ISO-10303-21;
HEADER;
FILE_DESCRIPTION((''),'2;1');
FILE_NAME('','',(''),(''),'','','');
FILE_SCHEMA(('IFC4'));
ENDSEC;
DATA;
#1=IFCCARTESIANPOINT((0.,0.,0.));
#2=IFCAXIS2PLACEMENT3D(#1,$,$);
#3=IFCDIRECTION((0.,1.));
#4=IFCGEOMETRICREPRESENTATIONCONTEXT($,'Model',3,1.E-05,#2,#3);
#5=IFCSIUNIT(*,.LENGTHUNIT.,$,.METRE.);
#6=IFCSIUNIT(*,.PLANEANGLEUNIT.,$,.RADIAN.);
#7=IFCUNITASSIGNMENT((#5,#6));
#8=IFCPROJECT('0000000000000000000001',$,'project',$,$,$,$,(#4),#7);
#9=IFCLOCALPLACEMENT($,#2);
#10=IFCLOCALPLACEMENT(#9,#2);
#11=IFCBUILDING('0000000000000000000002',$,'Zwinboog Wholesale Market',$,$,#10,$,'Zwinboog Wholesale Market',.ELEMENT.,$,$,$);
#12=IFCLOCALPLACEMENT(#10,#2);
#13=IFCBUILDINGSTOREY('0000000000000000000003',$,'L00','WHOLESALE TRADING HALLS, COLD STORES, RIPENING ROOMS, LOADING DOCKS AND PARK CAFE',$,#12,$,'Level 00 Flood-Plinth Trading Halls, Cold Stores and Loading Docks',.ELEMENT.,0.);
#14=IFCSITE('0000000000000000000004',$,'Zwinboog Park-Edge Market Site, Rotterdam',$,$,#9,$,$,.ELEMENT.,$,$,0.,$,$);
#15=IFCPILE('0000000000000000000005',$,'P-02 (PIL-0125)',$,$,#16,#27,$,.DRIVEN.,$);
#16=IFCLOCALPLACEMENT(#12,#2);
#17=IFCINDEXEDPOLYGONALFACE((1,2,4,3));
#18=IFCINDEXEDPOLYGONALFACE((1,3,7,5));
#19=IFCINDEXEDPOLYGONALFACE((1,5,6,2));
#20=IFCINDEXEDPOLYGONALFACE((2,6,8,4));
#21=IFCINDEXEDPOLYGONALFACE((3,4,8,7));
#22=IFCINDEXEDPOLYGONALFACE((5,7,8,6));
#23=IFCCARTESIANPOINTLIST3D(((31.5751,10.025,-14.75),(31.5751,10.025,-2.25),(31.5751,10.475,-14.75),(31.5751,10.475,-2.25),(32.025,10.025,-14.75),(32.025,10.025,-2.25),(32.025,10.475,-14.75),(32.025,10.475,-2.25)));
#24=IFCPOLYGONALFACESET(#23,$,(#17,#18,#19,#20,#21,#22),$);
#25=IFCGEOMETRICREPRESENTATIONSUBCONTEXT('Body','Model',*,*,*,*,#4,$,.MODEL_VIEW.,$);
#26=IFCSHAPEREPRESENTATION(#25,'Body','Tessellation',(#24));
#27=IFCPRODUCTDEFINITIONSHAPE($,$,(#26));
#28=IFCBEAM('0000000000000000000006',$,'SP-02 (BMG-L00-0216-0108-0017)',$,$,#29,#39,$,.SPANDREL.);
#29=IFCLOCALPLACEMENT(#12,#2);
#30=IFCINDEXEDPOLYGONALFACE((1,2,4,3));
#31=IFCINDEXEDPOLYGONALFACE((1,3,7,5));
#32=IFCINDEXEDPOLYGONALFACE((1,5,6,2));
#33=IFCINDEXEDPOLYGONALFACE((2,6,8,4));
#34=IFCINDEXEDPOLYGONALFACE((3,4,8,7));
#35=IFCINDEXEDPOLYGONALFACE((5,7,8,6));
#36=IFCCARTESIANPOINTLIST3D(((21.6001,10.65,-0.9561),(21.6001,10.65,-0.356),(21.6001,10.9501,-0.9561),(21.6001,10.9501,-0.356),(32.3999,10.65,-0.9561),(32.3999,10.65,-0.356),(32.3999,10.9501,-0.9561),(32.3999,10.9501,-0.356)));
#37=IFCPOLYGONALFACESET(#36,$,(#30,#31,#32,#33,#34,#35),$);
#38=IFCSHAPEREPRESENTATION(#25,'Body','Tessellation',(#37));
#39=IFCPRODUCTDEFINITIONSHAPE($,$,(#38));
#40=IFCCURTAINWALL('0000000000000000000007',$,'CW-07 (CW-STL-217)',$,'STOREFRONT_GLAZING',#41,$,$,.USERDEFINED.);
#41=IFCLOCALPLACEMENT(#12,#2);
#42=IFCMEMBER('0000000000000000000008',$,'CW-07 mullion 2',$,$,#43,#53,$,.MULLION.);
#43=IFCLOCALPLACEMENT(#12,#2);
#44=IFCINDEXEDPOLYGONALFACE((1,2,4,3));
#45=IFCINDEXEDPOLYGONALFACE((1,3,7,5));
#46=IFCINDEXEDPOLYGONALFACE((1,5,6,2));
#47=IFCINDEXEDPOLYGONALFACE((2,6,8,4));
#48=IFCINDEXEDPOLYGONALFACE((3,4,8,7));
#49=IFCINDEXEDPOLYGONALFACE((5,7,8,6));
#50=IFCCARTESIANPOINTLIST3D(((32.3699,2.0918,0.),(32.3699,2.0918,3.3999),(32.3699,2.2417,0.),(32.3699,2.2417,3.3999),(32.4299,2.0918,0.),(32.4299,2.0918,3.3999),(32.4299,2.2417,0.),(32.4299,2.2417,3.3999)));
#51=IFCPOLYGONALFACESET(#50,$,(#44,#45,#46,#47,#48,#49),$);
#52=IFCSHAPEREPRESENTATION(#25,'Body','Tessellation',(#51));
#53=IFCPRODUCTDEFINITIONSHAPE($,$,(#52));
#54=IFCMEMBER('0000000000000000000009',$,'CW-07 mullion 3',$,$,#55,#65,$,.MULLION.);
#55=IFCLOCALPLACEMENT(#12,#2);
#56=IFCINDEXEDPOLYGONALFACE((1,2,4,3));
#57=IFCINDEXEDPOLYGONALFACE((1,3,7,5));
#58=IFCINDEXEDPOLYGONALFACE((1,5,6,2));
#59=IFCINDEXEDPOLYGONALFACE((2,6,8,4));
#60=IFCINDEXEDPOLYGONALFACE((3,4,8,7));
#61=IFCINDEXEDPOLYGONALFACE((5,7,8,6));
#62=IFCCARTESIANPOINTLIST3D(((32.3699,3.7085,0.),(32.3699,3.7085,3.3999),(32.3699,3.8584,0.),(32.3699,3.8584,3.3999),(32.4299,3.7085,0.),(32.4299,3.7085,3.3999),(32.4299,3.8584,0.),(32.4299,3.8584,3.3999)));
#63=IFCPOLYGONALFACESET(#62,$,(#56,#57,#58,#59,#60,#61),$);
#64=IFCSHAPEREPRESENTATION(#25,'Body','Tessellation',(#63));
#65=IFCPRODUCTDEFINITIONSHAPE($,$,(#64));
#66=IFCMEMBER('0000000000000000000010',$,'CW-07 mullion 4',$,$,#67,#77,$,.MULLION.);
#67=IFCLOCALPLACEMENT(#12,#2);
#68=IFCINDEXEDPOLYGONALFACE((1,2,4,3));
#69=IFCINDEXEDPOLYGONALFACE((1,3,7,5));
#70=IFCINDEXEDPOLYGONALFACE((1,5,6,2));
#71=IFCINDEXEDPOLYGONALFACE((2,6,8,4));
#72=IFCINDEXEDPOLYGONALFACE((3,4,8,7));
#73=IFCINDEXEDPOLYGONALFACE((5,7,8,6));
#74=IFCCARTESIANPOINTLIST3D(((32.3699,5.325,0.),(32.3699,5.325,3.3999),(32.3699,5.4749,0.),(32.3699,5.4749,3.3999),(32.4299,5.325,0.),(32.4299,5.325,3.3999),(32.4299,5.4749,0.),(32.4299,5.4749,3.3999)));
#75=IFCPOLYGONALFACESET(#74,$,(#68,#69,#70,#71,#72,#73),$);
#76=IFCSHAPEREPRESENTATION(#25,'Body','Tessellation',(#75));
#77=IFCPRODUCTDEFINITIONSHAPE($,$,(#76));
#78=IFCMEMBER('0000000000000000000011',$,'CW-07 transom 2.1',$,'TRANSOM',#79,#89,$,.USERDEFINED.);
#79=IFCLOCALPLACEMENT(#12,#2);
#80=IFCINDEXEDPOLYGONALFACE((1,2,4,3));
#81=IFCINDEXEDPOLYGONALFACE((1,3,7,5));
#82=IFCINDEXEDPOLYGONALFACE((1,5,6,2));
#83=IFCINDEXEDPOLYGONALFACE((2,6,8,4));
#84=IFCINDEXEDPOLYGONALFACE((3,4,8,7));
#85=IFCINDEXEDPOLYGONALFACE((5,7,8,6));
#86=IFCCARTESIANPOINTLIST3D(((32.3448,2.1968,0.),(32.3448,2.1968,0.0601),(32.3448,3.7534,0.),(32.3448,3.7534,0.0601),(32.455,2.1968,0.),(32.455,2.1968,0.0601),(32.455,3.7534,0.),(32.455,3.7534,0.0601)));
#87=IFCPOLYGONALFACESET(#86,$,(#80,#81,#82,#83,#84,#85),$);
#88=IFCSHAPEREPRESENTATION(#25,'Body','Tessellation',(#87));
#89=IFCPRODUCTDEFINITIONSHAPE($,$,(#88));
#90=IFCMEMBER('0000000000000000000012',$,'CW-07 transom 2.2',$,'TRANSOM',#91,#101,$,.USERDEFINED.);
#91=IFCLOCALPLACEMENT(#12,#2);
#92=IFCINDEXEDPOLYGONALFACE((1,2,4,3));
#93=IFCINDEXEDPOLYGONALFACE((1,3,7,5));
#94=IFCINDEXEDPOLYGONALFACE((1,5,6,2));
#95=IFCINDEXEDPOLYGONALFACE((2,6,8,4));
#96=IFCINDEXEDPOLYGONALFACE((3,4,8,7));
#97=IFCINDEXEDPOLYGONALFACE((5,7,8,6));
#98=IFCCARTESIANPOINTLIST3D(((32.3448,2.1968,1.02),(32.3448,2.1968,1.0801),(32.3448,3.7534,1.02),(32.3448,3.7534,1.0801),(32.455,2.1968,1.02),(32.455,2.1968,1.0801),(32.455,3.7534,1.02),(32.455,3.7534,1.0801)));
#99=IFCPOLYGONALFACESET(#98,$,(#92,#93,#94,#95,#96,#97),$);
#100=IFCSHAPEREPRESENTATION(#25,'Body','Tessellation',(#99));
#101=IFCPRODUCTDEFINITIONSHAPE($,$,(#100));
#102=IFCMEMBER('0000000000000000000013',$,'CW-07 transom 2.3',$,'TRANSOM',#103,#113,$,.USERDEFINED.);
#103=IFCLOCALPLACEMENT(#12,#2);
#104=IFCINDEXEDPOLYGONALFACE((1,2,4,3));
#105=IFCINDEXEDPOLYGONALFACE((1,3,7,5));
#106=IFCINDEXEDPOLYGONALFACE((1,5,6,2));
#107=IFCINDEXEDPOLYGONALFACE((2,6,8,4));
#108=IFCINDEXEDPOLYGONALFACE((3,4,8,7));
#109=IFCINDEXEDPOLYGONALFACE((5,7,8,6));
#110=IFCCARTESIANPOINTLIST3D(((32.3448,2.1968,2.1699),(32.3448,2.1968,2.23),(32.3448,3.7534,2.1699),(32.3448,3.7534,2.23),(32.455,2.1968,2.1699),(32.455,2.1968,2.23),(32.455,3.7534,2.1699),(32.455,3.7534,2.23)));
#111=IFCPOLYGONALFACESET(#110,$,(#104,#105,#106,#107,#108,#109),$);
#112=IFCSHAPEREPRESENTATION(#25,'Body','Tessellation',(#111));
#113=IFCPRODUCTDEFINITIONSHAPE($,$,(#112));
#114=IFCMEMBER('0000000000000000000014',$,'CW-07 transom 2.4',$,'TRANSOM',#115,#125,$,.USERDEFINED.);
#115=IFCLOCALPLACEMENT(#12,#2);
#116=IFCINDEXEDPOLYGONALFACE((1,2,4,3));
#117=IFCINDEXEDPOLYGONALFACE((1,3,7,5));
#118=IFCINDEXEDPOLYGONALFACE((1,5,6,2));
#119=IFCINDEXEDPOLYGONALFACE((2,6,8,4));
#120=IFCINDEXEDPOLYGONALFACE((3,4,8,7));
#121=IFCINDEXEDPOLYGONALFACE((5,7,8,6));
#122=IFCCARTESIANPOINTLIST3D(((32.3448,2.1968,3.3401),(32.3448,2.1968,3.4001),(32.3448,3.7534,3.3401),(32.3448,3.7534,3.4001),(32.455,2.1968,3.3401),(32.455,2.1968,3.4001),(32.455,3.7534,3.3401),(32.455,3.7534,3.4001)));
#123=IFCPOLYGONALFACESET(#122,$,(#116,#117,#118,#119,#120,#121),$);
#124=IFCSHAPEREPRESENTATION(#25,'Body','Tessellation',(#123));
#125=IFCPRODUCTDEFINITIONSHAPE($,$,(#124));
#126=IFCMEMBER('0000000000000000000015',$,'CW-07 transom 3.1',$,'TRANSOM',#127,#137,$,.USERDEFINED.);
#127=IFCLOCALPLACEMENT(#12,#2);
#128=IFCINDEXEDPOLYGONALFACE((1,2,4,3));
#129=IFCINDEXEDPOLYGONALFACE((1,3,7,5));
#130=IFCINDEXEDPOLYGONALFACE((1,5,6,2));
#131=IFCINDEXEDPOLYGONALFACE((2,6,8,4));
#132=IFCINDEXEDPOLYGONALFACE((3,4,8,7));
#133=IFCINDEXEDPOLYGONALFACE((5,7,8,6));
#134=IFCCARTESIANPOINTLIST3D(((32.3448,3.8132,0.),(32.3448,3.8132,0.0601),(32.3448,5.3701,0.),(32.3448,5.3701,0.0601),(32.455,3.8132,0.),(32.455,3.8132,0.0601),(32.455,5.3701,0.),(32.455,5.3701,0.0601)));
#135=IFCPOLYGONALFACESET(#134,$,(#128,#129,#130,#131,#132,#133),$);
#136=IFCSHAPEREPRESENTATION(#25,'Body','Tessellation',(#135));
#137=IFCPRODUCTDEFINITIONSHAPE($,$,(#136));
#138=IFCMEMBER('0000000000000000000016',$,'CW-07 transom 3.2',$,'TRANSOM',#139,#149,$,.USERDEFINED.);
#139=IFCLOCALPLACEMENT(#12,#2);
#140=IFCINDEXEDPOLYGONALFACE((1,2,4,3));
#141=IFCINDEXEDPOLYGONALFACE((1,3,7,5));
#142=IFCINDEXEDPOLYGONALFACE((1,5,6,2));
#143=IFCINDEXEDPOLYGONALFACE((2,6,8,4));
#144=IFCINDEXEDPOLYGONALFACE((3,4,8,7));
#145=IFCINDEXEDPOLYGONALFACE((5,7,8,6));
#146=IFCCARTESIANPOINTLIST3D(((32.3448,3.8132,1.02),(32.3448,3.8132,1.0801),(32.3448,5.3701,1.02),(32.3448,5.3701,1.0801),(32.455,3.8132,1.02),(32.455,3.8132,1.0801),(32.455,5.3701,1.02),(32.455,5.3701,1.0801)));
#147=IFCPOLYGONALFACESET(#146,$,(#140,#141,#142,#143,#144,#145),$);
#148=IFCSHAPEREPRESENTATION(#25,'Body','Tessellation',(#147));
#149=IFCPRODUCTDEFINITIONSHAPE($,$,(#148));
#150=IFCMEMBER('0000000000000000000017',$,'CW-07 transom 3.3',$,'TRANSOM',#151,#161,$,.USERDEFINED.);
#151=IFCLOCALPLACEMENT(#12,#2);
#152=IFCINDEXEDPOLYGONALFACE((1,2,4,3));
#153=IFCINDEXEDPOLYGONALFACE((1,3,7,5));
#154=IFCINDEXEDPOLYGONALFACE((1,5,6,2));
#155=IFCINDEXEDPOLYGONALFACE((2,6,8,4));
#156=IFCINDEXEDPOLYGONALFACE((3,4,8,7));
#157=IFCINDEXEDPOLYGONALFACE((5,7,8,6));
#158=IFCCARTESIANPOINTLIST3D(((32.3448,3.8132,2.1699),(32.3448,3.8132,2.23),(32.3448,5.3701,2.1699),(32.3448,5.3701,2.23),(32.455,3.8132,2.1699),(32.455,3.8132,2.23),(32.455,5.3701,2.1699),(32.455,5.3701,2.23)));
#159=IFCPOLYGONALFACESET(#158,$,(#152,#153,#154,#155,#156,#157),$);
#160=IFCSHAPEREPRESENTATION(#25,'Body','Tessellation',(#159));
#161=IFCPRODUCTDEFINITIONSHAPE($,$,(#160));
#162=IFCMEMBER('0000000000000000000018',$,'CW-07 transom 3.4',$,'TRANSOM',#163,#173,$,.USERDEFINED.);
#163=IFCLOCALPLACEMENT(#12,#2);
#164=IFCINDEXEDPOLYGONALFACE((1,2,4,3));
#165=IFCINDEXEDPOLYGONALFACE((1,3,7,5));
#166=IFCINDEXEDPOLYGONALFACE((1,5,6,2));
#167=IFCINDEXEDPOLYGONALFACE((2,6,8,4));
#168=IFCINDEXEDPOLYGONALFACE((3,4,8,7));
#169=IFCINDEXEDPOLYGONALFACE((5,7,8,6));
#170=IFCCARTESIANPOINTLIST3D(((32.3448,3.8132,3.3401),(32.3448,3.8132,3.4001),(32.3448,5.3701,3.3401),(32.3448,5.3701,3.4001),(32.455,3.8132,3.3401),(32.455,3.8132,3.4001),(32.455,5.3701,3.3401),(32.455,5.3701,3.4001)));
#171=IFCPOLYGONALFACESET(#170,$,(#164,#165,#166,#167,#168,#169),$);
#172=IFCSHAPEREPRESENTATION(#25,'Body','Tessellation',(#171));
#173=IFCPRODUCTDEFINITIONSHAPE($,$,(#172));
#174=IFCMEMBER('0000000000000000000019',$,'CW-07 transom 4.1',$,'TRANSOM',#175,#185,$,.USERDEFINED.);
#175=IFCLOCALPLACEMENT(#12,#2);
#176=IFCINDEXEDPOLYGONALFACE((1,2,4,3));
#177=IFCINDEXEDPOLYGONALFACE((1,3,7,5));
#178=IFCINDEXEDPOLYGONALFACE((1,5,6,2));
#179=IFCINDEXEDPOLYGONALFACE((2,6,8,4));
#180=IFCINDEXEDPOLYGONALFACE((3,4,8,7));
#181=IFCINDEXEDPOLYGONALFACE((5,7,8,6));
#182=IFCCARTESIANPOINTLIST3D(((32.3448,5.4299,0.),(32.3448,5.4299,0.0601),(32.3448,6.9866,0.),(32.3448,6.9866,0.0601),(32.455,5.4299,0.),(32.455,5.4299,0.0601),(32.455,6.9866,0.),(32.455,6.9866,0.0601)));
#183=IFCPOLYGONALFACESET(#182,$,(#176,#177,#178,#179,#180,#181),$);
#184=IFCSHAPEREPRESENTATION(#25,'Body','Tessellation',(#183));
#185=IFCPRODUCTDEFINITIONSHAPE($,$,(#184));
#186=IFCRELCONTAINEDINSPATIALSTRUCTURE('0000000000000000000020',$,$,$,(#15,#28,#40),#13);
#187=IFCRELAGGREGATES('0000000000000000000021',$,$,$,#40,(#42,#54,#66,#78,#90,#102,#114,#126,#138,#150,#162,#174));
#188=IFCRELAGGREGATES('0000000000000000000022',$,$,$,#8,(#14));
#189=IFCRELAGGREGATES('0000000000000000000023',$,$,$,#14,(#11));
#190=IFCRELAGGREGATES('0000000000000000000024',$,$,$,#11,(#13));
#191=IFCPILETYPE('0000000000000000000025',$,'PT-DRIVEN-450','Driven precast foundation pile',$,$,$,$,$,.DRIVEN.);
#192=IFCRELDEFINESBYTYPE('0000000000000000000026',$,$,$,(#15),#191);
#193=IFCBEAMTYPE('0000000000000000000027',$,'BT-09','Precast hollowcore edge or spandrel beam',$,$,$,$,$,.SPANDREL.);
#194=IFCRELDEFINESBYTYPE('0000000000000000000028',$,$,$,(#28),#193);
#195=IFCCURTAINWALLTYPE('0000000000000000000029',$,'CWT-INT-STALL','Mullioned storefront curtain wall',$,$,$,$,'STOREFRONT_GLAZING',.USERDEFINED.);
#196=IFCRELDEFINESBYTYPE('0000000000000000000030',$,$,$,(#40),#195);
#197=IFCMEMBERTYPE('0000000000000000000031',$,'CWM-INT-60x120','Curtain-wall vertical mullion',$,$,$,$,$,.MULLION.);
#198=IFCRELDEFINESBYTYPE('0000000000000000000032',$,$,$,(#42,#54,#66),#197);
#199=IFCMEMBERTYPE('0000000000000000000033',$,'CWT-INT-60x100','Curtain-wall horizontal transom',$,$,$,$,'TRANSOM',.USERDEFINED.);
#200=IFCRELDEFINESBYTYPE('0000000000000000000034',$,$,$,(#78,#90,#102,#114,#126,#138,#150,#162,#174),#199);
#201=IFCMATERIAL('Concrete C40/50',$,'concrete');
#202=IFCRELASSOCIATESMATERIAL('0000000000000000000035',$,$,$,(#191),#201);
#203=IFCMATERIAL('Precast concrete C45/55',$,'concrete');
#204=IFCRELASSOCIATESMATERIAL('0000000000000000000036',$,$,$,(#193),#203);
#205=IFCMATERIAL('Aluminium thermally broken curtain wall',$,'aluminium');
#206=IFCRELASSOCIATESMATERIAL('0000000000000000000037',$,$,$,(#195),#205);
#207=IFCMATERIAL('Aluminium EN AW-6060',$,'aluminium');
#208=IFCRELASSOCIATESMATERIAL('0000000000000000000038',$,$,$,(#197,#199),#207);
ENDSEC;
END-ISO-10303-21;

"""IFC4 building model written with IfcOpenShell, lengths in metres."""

from ifc_helpers import new_model, si_unit, direction, frame, origin, origin_2d, place, context, subcontext, project, spatial, rectangle, extrude, material, material_profile, profile_set, type_object, element, aggregate, save


model = new_model("IFC4")

# Units and contexts
model_context = context("Model", 3, precision=1e-05, world=origin(), true_north=direction((0.0, 1.0)))
body_context = subcontext(model_context, "Body", "Model", "MODEL_VIEW")
ifc_project = project(units=[si_unit("LENGTHUNIT", "METRE"), si_unit("PLANEANGLEUNIT", "RADIAN")], contexts=[model_context])

# Site, building, storey
site_placement = place(None, origin())
site = spatial("IfcSite", under=ifc_project, at=site_placement, Name="Zwinboog Park-Edge Market Site, Rotterdam", CompositionType="ELEMENT", RefElevation=0.0)
building_placement = place(site_placement, origin())
building = spatial("IfcBuilding", under=site, at=building_placement, Name="Zwinboog Wholesale Market", LongName="Zwinboog Wholesale Market", CompositionType="ELEMENT")
storey_placement = place(building_placement, origin())
storey = spatial("IfcBuildingStorey", under=building, at=storey_placement, Name="L00", Description="WHOLESALE TRADING HALLS, COLD STORES, RIPENING ROOMS, LOADING DOCKS AND PARK CAFE", LongName="Level 00 Flood-Plinth Trading Halls, Cold Stores and Loading Docks", CompositionType="ELEMENT", Elevation=0.0)

# Pile
ifc_material_1 = material(Name="Concrete C40/50", Category="concrete")
ifc_material_profile_1 = material_profile(ifc_material_1, rectangle(XDim=0.45, YDim=0.45, at=origin_2d()), Name="PILE SQ450")
ifc_profile_set_1 = profile_set([ifc_material_profile_1], Name="Concrete C40/50")
pile_type = type_object("IfcPileType", Name="PT-DRIVEN-450", Description="Driven precast foundation pile", PredefinedType="DRIVEN", material=ifc_profile_set_1)
pile_placement = place(storey_placement, frame((31.8, 10.25, -2.25), z_axis=(0.0, 0.0, -1.0), x_axis=(1.0, 0.0, 0.0)))
element("IfcPile", 1, at=pile_placement, inside=storey, type_object=pile_type, Name="P-02 (PIL-0125)", PredefinedType="DRIVEN", context=body_context, shape_type="SweptSolid", body=[
    extrude(rectangle(XDim=0.45, YDim=0.45, at=origin_2d()), origin(), (0.0, 0.0, 1.0), 12.5),
])

# Beam
ifc_material_2 = material(Name="Precast concrete C45/55", Category="concrete")
ifc_material_profile_2 = material_profile(ifc_material_2, rectangle(XDim=0.3, YDim=0.6001, at=origin_2d()), Name="PC 300x600")
ifc_profile_set_2 = profile_set([ifc_material_profile_2], Name="Precast concrete C45/55")
beam_type = type_object("IfcBeamType", Name="BT-09", Description="Precast hollowcore edge or spandrel beam", PredefinedType="SPANDREL", material=ifc_profile_set_2)
beam_placement = place(storey_placement, frame((21.6001, 10.8, -0.656), z_axis=(1.0, 0.0, 0.0), x_axis=(0.0, 1.0, 0.0)))
element("IfcBeam", 2, at=beam_placement, inside=storey, type_object=beam_type, Name="SP-02 (BMG-L00-0216-0108-0017)", PredefinedType="SPANDREL", context=body_context, shape_type="SweptSolid", body=[
    extrude(rectangle(XDim=0.3, YDim=0.6001, at=origin_2d()), origin(), (0.0, 0.0, 1.0), 10.7998),
])

# Curtain wall, members
ifc_material_3 = material(Name="Aluminium thermally broken curtain wall", Category="aluminium")
curtain_wall_type = type_object("IfcCurtainWallType", Name="CWT-INT-STALL", Description="Mullioned storefront curtain wall", ElementType="STOREFRONT_GLAZING", PredefinedType="USERDEFINED", material=ifc_material_3)
curtain_wall_placement = place(storey_placement, origin())
curtain_wall = element("IfcCurtainWall", 3, at=curtain_wall_placement, inside=storey, type_object=curtain_wall_type, Name="CW-07 (CW-STL-217)", ObjectType="STOREFRONT_GLAZING", PredefinedType="USERDEFINED")
ifc_material_4 = material(Name="Aluminium EN AW-6060", Category="aluminium")
ifc_material_profile_3 = material_profile(ifc_material_4, rectangle(XDim=0.0601, YDim=0.1499, at=origin_2d()), Name="AL 60x150")
ifc_profile_set_3 = profile_set([ifc_material_profile_3], Name="Aluminium EN AW-6060")
member_type_1 = type_object("IfcMemberType", Name="CWM-INT-60x120", Description="Curtain-wall vertical mullion", PredefinedType="MULLION", material=ifc_profile_set_3)
member_1_placement = place(storey_placement, frame((32.3999, 2.1667, 0.0), z_axis=(0.0, 0.0, 1.0), x_axis=(-1.0, 0.0, 0.0)))
member_1 = element("IfcMember", 4, at=member_1_placement, type_object=member_type_1, Name="CW-07 mullion 2", PredefinedType="MULLION", context=body_context, shape_type="SweptSolid", body=[
    extrude(rectangle(XDim=0.0601, YDim=0.1499, at=origin_2d()), origin(), (0.0, 0.0, 1.0), 3.3999),
])
member_2_placement = place(storey_placement, frame((32.3999, 3.7834, 0.0), z_axis=(0.0, 0.0, 1.0), x_axis=(-1.0, 0.0, 0.0)))
member_2 = element("IfcMember", 5, at=member_2_placement, type_object=member_type_1, Name="CW-07 mullion 3", PredefinedType="MULLION", context=body_context, shape_type="SweptSolid", body=[
    extrude(rectangle(XDim=0.0601, YDim=0.1499, at=origin_2d()), origin(), (0.0, 0.0, 1.0), 3.3999),
])
member_3_placement = place(storey_placement, frame((32.3999, 5.3999, 0.0), z_axis=(0.0, 0.0, 1.0), x_axis=(-1.0, 0.0, 0.0)))
member_3 = element("IfcMember", 6, at=member_3_placement, type_object=member_type_1, Name="CW-07 mullion 4", PredefinedType="MULLION", context=body_context, shape_type="SweptSolid", body=[
    extrude(rectangle(XDim=0.0601, YDim=0.1499, at=origin_2d()), origin(), (0.0, 0.0, 1.0), 3.3999),
])
ifc_material_profile_4 = material_profile(ifc_material_4, rectangle(XDim=0.1101, YDim=0.0601, at=origin_2d()), Name="AL 60x110")
ifc_profile_set_4 = profile_set([ifc_material_profile_4], Name="Aluminium EN AW-6060")
member_type_2 = type_object("IfcMemberType", Name="CWT-INT-60x100", Description="Curtain-wall horizontal transom", ElementType="TRANSOM", PredefinedType="USERDEFINED", material=ifc_profile_set_4)
member_4_placement = place(storey_placement, frame((32.3999, 2.1968, 0.03), z_axis=(0.0, 1.0, 0.0), x_axis=(-1.0, 0.0, 0.0)))
member_4 = element("IfcMember", 7, at=member_4_placement, type_object=member_type_2, Name="CW-07 transom 2.1", ObjectType="TRANSOM", PredefinedType="USERDEFINED", context=body_context, shape_type="SweptSolid", body=[
    extrude(rectangle(XDim=0.1101, YDim=0.0601, at=origin_2d()), origin(), (0.0, 0.0, 1.0), 1.5566),
])
member_5_placement = place(storey_placement, frame((32.3999, 2.1968, 1.05), z_axis=(0.0, 1.0, 0.0), x_axis=(-1.0, 0.0, 0.0)))
member_5 = element("IfcMember", 8, at=member_5_placement, type_object=member_type_2, Name="CW-07 transom 2.2", ObjectType="TRANSOM", PredefinedType="USERDEFINED", context=body_context, shape_type="SweptSolid", body=[
    extrude(rectangle(XDim=0.1101, YDim=0.0601, at=origin_2d()), origin(), (0.0, 0.0, 1.0), 1.5566),
])
member_6_placement = place(storey_placement, frame((32.3999, 2.1968, 2.2), z_axis=(0.0, 1.0, 0.0), x_axis=(-1.0, 0.0, 0.0)))
member_6 = element("IfcMember", 9, at=member_6_placement, type_object=member_type_2, Name="CW-07 transom 2.3", ObjectType="TRANSOM", PredefinedType="USERDEFINED", context=body_context, shape_type="SweptSolid", body=[
    extrude(rectangle(XDim=0.1101, YDim=0.0601, at=origin_2d()), origin(), (0.0, 0.0, 1.0), 1.5566),
])
member_7_placement = place(storey_placement, frame((32.3999, 2.1968, 3.3701), z_axis=(0.0, 1.0, 0.0), x_axis=(-1.0, 0.0, 0.0)))
member_7 = element("IfcMember", 10, at=member_7_placement, type_object=member_type_2, Name="CW-07 transom 2.4", ObjectType="TRANSOM", PredefinedType="USERDEFINED", context=body_context, shape_type="SweptSolid", body=[
    extrude(rectangle(XDim=0.1101, YDim=0.0601, at=origin_2d()), origin(), (0.0, 0.0, 1.0), 1.5566),
])
member_8_placement = place(storey_placement, frame((32.3999, 3.8132, 0.03), z_axis=(0.0, 1.0, 0.0), x_axis=(-1.0, 0.0, 0.0)))
member_8 = element("IfcMember", 11, at=member_8_placement, type_object=member_type_2, Name="CW-07 transom 3.1", ObjectType="TRANSOM", PredefinedType="USERDEFINED", context=body_context, shape_type="SweptSolid", body=[
    extrude(rectangle(XDim=0.1101, YDim=0.0601, at=origin_2d()), origin(), (0.0, 0.0, 1.0), 1.5569),
])
member_9_placement = place(storey_placement, frame((32.3999, 3.8132, 1.05), z_axis=(0.0, 1.0, 0.0), x_axis=(-1.0, 0.0, 0.0)))
member_9 = element("IfcMember", 12, at=member_9_placement, type_object=member_type_2, Name="CW-07 transom 3.2", ObjectType="TRANSOM", PredefinedType="USERDEFINED", context=body_context, shape_type="SweptSolid", body=[
    extrude(rectangle(XDim=0.1101, YDim=0.0601, at=origin_2d()), origin(), (0.0, 0.0, 1.0), 1.5569),
])
member_10_placement = place(storey_placement, frame((32.3999, 3.8132, 2.2), z_axis=(0.0, 1.0, 0.0), x_axis=(-1.0, 0.0, 0.0)))
member_10 = element("IfcMember", 13, at=member_10_placement, type_object=member_type_2, Name="CW-07 transom 3.3", ObjectType="TRANSOM", PredefinedType="USERDEFINED", context=body_context, shape_type="SweptSolid", body=[
    extrude(rectangle(XDim=0.1101, YDim=0.0601, at=origin_2d()), origin(), (0.0, 0.0, 1.0), 1.5569),
])
member_11_placement = place(storey_placement, frame((32.3999, 3.8132, 3.3701), z_axis=(0.0, 1.0, 0.0), x_axis=(-1.0, 0.0, 0.0)))
member_11 = element("IfcMember", 14, at=member_11_placement, type_object=member_type_2, Name="CW-07 transom 3.4", ObjectType="TRANSOM", PredefinedType="USERDEFINED", context=body_context, shape_type="SweptSolid", body=[
    extrude(rectangle(XDim=0.1101, YDim=0.0601, at=origin_2d()), origin(), (0.0, 0.0, 1.0), 1.5569),
])
member_12_placement = place(storey_placement, frame((32.3999, 5.4299, 0.03), z_axis=(0.0, 1.0, 0.0), x_axis=(-1.0, 0.0, 0.0)))
member_12 = element("IfcMember", 15, at=member_12_placement, type_object=member_type_2, Name="CW-07 transom 4.1", ObjectType="TRANSOM", PredefinedType="USERDEFINED", context=body_context, shape_type="SweptSolid", body=[
    extrude(rectangle(XDim=0.1101, YDim=0.0601, at=origin_2d()), origin(), (0.0, 0.0, 1.0), 1.5566),
])
aggregate(curtain_wall, [member_1, member_2, member_3, member_4, member_5, member_6, member_7, member_8, member_9, member_10, member_11, member_12])

save(model, "model.ifc")
